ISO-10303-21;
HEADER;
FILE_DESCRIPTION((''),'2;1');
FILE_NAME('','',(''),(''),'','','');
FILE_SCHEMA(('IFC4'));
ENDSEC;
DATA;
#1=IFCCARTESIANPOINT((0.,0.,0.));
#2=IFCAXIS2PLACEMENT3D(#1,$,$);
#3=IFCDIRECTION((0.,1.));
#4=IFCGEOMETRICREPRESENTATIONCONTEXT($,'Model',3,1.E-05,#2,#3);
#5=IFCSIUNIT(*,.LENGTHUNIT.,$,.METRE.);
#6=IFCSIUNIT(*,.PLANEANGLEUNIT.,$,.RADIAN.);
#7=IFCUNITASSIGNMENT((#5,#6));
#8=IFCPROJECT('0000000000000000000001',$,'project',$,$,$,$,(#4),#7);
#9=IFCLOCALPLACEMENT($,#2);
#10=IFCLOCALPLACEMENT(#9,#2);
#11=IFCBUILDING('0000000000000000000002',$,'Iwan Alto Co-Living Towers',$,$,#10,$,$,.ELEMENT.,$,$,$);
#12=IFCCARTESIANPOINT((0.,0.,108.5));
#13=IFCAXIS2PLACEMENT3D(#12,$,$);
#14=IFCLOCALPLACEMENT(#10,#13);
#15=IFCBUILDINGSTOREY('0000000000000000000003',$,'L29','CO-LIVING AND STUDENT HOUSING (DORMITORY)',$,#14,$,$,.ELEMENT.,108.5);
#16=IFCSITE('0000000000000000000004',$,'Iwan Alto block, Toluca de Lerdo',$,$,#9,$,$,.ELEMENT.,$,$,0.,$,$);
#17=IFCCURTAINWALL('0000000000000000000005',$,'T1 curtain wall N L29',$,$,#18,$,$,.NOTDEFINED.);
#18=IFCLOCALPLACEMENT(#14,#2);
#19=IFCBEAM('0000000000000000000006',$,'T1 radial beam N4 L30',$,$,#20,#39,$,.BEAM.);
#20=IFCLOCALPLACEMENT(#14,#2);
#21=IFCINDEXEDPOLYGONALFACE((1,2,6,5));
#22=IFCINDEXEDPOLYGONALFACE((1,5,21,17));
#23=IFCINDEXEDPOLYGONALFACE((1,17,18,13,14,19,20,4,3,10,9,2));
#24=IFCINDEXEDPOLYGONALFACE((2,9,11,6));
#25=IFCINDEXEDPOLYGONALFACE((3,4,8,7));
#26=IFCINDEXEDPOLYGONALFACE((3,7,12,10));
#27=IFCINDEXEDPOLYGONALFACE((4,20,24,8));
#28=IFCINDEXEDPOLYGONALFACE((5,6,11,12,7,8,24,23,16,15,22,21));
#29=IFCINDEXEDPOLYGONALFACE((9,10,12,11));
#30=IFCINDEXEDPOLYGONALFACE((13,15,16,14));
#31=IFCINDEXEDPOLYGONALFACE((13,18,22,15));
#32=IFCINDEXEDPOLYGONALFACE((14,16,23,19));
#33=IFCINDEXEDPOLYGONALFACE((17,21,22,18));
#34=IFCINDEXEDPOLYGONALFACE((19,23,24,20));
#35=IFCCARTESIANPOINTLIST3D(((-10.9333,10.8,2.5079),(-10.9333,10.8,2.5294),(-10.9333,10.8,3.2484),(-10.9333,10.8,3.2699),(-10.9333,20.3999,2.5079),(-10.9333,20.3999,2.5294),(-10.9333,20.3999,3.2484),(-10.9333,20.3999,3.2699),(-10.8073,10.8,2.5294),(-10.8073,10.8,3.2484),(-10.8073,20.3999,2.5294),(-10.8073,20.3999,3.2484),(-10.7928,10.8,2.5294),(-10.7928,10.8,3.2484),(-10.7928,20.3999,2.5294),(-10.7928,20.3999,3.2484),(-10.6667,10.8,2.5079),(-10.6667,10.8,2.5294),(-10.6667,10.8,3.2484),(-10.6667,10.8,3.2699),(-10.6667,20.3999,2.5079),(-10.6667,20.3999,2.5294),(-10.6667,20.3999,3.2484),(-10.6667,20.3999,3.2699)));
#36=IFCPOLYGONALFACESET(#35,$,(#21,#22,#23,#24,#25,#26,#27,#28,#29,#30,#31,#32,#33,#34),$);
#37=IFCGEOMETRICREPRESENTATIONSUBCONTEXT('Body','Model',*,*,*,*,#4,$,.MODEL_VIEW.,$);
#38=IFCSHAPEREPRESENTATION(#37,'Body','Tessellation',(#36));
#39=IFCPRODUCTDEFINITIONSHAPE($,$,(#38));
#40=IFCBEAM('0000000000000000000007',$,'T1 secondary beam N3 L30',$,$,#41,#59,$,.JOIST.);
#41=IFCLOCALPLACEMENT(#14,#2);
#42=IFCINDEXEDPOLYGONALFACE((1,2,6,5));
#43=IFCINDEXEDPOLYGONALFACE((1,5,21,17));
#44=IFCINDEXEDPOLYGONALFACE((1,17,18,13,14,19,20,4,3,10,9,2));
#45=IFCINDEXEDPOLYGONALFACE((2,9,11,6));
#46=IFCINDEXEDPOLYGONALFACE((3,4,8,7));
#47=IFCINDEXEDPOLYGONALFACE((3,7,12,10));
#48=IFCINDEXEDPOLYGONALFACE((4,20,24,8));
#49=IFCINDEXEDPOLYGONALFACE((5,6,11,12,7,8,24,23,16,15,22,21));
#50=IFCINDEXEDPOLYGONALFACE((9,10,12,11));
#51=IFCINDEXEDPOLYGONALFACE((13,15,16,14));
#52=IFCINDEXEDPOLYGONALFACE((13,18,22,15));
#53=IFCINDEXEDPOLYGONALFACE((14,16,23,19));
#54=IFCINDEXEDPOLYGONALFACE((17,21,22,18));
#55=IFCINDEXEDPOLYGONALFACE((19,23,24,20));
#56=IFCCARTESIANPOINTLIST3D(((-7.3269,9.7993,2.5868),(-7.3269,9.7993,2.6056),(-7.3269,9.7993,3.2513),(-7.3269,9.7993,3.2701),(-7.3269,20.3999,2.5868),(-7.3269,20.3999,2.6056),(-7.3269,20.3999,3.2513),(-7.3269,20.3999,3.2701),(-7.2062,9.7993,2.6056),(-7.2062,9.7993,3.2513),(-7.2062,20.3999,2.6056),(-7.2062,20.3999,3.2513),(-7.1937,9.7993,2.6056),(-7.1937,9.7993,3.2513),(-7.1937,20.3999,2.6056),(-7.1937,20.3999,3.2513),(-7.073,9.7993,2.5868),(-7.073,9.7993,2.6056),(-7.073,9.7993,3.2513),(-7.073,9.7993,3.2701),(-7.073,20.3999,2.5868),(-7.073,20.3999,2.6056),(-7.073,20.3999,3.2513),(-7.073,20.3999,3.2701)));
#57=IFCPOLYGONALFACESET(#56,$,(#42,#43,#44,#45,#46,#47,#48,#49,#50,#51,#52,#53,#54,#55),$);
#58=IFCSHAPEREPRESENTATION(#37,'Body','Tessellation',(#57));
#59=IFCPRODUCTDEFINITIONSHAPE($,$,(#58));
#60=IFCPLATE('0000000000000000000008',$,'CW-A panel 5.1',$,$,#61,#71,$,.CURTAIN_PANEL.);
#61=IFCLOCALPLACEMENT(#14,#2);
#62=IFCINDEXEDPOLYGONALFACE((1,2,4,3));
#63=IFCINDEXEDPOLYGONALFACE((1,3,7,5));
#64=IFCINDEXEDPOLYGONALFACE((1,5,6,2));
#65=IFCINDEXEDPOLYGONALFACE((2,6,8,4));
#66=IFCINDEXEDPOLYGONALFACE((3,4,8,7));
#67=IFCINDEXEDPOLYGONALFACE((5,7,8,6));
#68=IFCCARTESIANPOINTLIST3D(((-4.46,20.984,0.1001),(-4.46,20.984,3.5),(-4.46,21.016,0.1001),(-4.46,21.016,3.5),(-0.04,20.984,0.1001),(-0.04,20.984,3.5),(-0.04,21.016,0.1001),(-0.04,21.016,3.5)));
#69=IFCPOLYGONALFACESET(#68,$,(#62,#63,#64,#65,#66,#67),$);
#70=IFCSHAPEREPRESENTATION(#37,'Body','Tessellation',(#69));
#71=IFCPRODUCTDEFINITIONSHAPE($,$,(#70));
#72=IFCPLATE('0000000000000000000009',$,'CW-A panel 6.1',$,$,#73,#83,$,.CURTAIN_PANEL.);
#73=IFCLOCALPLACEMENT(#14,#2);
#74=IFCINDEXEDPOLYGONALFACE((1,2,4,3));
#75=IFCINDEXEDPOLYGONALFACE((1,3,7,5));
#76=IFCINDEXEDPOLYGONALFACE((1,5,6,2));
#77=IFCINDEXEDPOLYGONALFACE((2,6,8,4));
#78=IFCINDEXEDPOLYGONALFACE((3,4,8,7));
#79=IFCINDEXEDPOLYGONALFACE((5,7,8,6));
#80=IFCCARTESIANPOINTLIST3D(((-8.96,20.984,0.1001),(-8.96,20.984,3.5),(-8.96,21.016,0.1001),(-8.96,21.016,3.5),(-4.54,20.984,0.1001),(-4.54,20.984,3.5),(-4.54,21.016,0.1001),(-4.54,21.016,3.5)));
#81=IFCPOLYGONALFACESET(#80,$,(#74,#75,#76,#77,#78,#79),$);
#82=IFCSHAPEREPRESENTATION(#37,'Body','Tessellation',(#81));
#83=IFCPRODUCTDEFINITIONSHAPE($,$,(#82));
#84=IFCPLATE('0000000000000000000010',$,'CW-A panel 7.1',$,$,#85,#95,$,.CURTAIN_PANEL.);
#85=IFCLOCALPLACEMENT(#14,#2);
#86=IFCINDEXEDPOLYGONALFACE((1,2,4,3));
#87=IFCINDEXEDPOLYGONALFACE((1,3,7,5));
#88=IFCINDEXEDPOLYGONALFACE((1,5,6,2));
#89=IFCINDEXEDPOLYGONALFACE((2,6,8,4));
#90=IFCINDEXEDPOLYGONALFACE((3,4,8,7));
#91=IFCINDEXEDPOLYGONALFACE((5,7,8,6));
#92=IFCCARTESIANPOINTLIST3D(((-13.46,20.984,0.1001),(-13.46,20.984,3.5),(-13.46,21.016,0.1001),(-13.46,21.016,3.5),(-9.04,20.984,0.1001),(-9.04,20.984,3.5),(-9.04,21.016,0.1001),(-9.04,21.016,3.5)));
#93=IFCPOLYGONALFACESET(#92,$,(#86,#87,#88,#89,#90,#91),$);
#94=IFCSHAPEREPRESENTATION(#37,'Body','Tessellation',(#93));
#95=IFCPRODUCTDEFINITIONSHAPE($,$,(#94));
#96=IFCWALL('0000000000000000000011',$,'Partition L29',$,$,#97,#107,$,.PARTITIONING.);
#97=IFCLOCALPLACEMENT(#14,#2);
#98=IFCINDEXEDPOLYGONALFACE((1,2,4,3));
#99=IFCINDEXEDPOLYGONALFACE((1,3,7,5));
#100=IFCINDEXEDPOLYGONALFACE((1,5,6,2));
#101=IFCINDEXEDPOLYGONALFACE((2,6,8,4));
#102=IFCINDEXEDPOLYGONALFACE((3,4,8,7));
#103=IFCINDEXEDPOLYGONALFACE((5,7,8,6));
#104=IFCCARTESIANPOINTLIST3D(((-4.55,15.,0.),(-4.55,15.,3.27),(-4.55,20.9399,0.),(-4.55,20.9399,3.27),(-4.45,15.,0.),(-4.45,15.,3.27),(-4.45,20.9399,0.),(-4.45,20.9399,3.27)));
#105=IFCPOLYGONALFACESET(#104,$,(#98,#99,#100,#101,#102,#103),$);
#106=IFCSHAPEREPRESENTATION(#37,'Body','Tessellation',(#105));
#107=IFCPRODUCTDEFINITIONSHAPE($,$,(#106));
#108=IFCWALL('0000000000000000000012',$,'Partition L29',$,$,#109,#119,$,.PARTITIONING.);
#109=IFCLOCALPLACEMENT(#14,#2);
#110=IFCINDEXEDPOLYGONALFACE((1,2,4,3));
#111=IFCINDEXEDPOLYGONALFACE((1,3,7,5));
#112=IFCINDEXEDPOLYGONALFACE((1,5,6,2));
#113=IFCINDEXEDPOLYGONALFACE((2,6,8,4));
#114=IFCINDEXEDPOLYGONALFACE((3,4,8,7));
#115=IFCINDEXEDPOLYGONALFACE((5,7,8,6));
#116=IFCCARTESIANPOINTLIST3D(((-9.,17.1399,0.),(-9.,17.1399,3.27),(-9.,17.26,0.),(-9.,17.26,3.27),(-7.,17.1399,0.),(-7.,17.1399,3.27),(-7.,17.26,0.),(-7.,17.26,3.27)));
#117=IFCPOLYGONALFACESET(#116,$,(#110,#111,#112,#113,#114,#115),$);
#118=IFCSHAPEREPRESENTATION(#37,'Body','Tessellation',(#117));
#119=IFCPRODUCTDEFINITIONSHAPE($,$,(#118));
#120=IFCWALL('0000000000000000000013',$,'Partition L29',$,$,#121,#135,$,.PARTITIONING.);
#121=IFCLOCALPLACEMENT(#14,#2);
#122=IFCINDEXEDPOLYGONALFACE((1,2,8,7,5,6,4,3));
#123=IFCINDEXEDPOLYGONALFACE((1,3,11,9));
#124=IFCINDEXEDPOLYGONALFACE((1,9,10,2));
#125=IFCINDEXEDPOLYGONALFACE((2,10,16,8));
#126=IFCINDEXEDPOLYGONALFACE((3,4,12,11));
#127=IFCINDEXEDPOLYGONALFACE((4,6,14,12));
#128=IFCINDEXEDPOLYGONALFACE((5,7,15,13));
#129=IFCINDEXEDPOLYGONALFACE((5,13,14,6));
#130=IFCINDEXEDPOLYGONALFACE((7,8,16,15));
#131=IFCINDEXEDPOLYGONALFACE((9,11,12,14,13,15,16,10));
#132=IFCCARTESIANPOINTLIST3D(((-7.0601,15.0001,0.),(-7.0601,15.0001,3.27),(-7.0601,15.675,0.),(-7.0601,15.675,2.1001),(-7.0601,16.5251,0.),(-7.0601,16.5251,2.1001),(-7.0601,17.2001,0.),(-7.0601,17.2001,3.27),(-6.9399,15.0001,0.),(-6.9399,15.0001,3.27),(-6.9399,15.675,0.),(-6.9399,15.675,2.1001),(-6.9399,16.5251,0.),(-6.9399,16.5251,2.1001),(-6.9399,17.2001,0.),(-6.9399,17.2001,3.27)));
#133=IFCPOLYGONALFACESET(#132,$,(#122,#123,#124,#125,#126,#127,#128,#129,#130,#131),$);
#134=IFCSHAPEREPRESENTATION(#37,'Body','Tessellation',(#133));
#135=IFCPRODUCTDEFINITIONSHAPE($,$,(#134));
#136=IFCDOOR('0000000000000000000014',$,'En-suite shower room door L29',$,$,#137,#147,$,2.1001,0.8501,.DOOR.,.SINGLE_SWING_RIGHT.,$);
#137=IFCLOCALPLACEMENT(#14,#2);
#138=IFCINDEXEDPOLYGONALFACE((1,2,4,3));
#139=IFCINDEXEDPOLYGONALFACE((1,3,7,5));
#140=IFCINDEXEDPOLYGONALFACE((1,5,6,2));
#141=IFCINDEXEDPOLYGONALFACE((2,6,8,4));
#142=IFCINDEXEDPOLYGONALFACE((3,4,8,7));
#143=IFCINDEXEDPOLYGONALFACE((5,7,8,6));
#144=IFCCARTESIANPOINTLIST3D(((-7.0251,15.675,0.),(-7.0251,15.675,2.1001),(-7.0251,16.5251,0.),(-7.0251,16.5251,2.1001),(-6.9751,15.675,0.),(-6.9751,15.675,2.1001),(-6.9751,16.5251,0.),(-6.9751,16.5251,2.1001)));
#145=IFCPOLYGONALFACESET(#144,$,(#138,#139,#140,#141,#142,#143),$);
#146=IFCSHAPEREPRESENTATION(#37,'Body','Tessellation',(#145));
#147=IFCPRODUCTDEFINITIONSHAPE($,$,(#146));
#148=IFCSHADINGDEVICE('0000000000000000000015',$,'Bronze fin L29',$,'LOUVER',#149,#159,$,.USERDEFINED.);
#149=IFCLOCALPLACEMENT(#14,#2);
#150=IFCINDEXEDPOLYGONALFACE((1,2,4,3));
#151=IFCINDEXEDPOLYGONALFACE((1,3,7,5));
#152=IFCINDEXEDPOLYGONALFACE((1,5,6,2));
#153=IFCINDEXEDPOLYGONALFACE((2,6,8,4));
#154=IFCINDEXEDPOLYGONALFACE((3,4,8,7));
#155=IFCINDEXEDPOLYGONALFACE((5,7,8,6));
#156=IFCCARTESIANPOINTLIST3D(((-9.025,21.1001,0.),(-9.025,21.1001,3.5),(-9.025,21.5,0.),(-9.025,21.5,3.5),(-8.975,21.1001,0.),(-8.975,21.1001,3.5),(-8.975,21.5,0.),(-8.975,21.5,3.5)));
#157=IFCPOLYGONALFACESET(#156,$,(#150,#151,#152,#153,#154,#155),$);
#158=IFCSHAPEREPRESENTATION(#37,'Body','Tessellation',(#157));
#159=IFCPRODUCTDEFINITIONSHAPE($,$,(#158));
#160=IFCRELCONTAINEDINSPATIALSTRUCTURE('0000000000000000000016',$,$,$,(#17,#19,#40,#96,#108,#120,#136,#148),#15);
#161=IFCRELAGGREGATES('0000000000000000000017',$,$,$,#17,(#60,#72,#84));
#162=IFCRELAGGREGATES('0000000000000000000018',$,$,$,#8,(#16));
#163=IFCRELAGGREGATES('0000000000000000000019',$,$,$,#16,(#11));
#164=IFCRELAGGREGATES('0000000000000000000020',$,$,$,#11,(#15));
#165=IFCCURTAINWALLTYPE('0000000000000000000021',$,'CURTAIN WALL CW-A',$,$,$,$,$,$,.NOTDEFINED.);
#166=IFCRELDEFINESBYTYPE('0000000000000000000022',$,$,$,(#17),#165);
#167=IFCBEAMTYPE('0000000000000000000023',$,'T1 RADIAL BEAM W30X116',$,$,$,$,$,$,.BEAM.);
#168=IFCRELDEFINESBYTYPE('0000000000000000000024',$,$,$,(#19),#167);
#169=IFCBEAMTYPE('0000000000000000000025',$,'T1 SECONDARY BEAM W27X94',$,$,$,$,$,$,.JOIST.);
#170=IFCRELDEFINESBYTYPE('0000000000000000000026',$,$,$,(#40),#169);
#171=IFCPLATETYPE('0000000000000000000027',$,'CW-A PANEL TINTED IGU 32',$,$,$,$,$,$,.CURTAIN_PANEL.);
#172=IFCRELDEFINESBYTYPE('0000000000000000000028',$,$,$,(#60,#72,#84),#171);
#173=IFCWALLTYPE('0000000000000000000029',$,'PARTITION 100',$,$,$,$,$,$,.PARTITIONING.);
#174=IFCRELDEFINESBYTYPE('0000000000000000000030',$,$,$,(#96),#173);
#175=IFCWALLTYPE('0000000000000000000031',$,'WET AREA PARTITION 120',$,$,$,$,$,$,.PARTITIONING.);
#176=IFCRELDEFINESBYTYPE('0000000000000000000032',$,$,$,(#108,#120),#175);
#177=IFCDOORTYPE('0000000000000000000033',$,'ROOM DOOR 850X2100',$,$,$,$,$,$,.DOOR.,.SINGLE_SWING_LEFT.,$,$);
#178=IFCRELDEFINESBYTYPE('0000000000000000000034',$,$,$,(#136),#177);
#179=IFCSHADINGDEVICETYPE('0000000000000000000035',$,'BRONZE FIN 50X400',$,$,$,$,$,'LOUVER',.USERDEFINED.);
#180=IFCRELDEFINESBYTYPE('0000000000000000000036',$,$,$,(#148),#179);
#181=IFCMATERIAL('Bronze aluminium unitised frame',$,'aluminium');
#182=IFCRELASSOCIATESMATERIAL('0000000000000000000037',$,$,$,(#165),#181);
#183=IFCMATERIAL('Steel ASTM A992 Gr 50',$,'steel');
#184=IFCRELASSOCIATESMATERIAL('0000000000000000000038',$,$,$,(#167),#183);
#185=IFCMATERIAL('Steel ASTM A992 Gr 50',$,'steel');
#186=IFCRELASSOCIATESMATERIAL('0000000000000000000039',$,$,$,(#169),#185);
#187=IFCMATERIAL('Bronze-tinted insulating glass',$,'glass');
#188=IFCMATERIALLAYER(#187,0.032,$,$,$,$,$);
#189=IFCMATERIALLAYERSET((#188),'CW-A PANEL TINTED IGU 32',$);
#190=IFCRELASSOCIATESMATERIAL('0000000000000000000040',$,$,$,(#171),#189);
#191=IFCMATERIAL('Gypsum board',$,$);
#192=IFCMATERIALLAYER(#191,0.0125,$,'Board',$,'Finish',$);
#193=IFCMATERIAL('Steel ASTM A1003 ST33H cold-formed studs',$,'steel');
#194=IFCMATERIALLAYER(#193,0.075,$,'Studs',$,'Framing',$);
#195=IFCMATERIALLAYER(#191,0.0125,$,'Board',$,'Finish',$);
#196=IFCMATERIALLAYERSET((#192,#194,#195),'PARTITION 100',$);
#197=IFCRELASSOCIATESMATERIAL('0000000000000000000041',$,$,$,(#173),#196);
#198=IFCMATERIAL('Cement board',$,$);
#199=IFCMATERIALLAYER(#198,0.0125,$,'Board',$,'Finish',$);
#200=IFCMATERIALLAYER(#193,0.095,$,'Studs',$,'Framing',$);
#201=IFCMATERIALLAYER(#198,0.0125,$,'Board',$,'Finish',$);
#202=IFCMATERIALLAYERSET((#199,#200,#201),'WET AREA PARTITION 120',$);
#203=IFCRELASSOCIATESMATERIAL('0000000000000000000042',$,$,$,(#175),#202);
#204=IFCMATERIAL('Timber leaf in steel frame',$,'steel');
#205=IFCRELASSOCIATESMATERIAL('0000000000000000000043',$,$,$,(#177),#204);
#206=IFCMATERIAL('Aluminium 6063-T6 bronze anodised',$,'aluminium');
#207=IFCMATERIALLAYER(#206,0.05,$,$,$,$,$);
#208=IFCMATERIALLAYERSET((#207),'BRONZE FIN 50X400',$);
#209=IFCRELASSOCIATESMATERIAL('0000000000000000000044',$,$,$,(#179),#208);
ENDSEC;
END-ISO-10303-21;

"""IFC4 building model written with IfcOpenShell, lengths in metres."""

from ifc_helpers import new_model, si_unit, direction, frame, frame_2d, origin, origin_2d, place, context, subcontext, project, spatial, rectangle, i_section, extrude, material, layer, layer_set, material_profile, profile_set, type_object, element, fill, aggregate, save


model = new_model("IFC4")

# Units and contexts
model_context = context("Model", 3, precision=1e-05, world=origin(), true_north=direction((0.0, 1.0)))
body_context = subcontext(model_context, "Body", "Model", "MODEL_VIEW")
ifc_project = project(units=[si_unit("LENGTHUNIT", "METRE"), si_unit("PLANEANGLEUNIT", "RADIAN")], contexts=[model_context])

# Site, building, storey
site_placement = place(None, origin())
site = spatial("IfcSite", under=ifc_project, at=site_placement, Name="Iwan Alto block, Toluca de Lerdo", CompositionType="ELEMENT", RefElevation=0.0)
building_placement = place(site_placement, origin())
building = spatial("IfcBuilding", under=site, at=building_placement, Name="Iwan Alto Co-Living Towers", CompositionType="ELEMENT")
storey_placement = place(building_placement, frame((0.0, 0.0, 108.5)))
storey = spatial("IfcBuildingStorey", under=building, at=storey_placement, Name="L29", Description="CO-LIVING AND STUDENT HOUSING (DORMITORY)", CompositionType="ELEMENT", Elevation=108.5)

# Curtain wall
ifc_material_1 = material(Name="Bronze aluminium unitised frame", Category="aluminium")
curtain_wall_type = type_object("IfcCurtainWallType", Name="CURTAIN WALL CW-A", PredefinedType="NOTDEFINED", material=ifc_material_1)
curtain_wall_placement = place(storey_placement, origin())
curtain_wall = element("IfcCurtainWall", 1, at=curtain_wall_placement, inside=storey, type_object=curtain_wall_type, Name="T1 curtain wall N L29", PredefinedType="NOTDEFINED")

# Beams
ifc_material_2 = material(Name="Steel ASTM A992 Gr 50", Category="steel")
ifc_material_profile_1 = material_profile(ifc_material_2, i_section(OverallWidth=0.2666, OverallDepth=0.762, WebThickness=0.0144, FlangeThickness=0.0215, at=origin_2d()), Name="W30X116")
ifc_profile_set_1 = profile_set([ifc_material_profile_1], Name="Steel ASTM A992 Gr 50")
beam_type_1 = type_object("IfcBeamType", Name="T1 RADIAL BEAM W30X116", PredefinedType="BEAM", material=ifc_profile_set_1)
beam_1_placement = place(storey_placement, frame((-10.8, 20.3999, 2.8889), z_axis=(0.0, -1.0, 0.0), x_axis=(1.0, 0.0, 0.0)))
element("IfcBeam", 2, at=beam_1_placement, inside=storey, type_object=beam_type_1, Name="T1 radial beam N4 L30", PredefinedType="BEAM", context=body_context, shape_type="SweptSolid", body=[
    extrude(i_section(OverallWidth=0.2666, OverallDepth=0.762, WebThickness=0.0144, FlangeThickness=0.0215, at=origin_2d()), origin(), (0.0, 0.0, 1.0), 9.5999),
])
ifc_material_3 = material(Name="Steel ASTM A992 Gr 50", Category="steel")
ifc_material_profile_2 = material_profile(ifc_material_3, i_section(OverallWidth=0.2539, OverallDepth=0.6833, WebThickness=0.0125, FlangeThickness=0.0188, at=origin_2d()), Name="W27X94")
ifc_profile_set_2 = profile_set([ifc_material_profile_2], Name="Steel ASTM A992 Gr 50")
beam_type_2 = type_object("IfcBeamType", Name="T1 SECONDARY BEAM W27X94", PredefinedType="JOIST", material=ifc_profile_set_2)
beam_2_placement = place(storey_placement, frame((-7.2, 20.3999, 2.9285), z_axis=(0.0, -1.0, 0.0), x_axis=(1.0, 0.0, 0.0)))
element("IfcBeam", 3, at=beam_2_placement, inside=storey, type_object=beam_type_2, Name="T1 secondary beam N3 L30", PredefinedType="JOIST", context=body_context, shape_type="SweptSolid", body=[
    extrude(i_section(OverallWidth=0.2539, OverallDepth=0.6833, WebThickness=0.0125, FlangeThickness=0.0188, at=origin_2d()), origin(), (0.0, 0.0, 1.0), 10.6006),
])

# Plates
ifc_material_4 = material(Name="Bronze-tinted insulating glass", Category="glass")
ifc_layer_1 = layer(ifc_material_4, 0.032)
ifc_layer_set_1 = layer_set([ifc_layer_1], Name="CW-A PANEL TINTED IGU 32")
plate_type = type_object("IfcPlateType", Name="CW-A PANEL TINTED IGU 32", PredefinedType="CURTAIN_PANEL", material=ifc_layer_set_1)
plate_1_placement = place(storey_placement, frame((-2.25, 21.0, 0.1001), z_axis=(0.0, 0.0, 1.0), x_axis=(-1.0, 0.0, 0.0)))
plate_1 = element("IfcPlate", 4, at=plate_1_placement, type_object=plate_type, Name="CW-A panel 5.1", PredefinedType="CURTAIN_PANEL", context=body_context, shape_type="SweptSolid", body=[
    extrude(rectangle(XDim=4.4199, YDim=0.032, at=origin_2d()), origin(), (0.0, 0.0, 1.0), 3.3999),
])
plate_2_placement = place(storey_placement, frame((-6.75, 21.0, 0.1001), z_axis=(0.0, 0.0, 1.0), x_axis=(-1.0, 0.0, 0.0)))
plate_2 = element("IfcPlate", 5, at=plate_2_placement, type_object=plate_type, Name="CW-A panel 6.1", PredefinedType="CURTAIN_PANEL", context=body_context, shape_type="SweptSolid", body=[
    extrude(rectangle(XDim=4.4199, YDim=0.032, at=origin_2d()), origin(), (0.0, 0.0, 1.0), 3.3999),
])
plate_3_placement = place(storey_placement, frame((-11.25, 21.0, 0.1001), z_axis=(0.0, 0.0, 1.0), x_axis=(-1.0, 0.0, 0.0)))
plate_3 = element("IfcPlate", 6, at=plate_3_placement, type_object=plate_type, Name="CW-A panel 7.1", PredefinedType="CURTAIN_PANEL", context=body_context, shape_type="SweptSolid", body=[
    extrude(rectangle(XDim=4.4199, YDim=0.032, at=origin_2d()), origin(), (0.0, 0.0, 1.0), 3.3999),
])
aggregate(curtain_wall, [plate_1, plate_2, plate_3])

# Walls
ifc_material_5 = material(Name="Gypsum board")
ifc_layer_2 = layer(ifc_material_5, 0.0125, Name="Board", Category="Finish")
ifc_material_6 = material(Name="Steel ASTM A1003 ST33H cold-formed studs", Category="steel")
ifc_layer_3 = layer(ifc_material_6, 0.075, Name="Studs", Category="Framing")
ifc_layer_4 = layer(ifc_material_5, 0.0125, Name="Board", Category="Finish")
ifc_layer_set_2 = layer_set([ifc_layer_2, ifc_layer_3, ifc_layer_4], Name="PARTITION 100")
wall_type_1 = type_object("IfcWallType", Name="PARTITION 100", PredefinedType="PARTITIONING", material=ifc_layer_set_2)
wall_1_placement = place(storey_placement, frame((-4.5, 15.0, 0.0), z_axis=(0.0, 0.0, 1.0), x_axis=(0.0, 1.0, 0.0)))
element("IfcWall", 7, at=wall_1_placement, inside=storey, type_object=wall_type_1, Name="Partition L29", PredefinedType="PARTITIONING", context=body_context, shape_type="SweptSolid", body=[
    extrude(rectangle(XDim=5.9399, YDim=0.1001, at=frame_2d((2.97, 0.0))), origin(), (0.0, 0.0, 1.0), 3.27),
])
ifc_material_7 = material(Name="Cement board")
ifc_layer_5 = layer(ifc_material_7, 0.0125, Name="Board", Category="Finish")
ifc_layer_6 = layer(ifc_material_6, 0.095, Name="Studs", Category="Framing")
ifc_layer_7 = layer(ifc_material_7, 0.0125, Name="Board", Category="Finish")
ifc_layer_set_3 = layer_set([ifc_layer_5, ifc_layer_6, ifc_layer_7], Name="WET AREA PARTITION 120")
wall_type_2 = type_object("IfcWallType", Name="WET AREA PARTITION 120", PredefinedType="PARTITIONING", material=ifc_layer_set_3)
wall_2_placement = place(storey_placement, frame((-9.0, 17.2, 0.0), z_axis=(0.0, 0.0, 1.0), x_axis=(1.0, 0.0, 0.0)))
element("IfcWall", 8, at=wall_2_placement, inside=storey, type_object=wall_type_2, Name="Partition L29", PredefinedType="PARTITIONING", context=body_context, shape_type="SweptSolid", body=[
    extrude(rectangle(XDim=2.0, YDim=0.1201, at=frame_2d((1.0, 0.0))), origin(), (0.0, 0.0, 1.0), 3.27),
])

# Wall, opening, door
wall_3_placement = place(storey_placement, frame((-7.0, 15.0, 0.0), z_axis=(0.0, 0.0, 1.0), x_axis=(0.0, 1.0, 0.0)))
wall_3 = element("IfcWall", 9, at=wall_3_placement, inside=storey, type_object=wall_type_2, Name="Partition L29", PredefinedType="PARTITIONING", context=body_context, shape_type="SweptSolid", body=[
    extrude(rectangle(XDim=2.2, YDim=0.1201, at=frame_2d((1.1001, 0.0))), origin(), (0.0, 0.0, 1.0), 3.27),
])
opening_placement = place(wall_3_placement, frame((0.675, 0.0, 0.0)))
opening = element("IfcOpeningElement", 10, at=opening_placement, cuts=wall_3, PredefinedType="OPENING", context=body_context, shape_type="SweptSolid", body=[
    extrude(rectangle(XDim=0.8501, YDim=2.1001, at=frame_2d((0.425, 1.05))), frame((0.0, 0.0701, 0.0), z_axis=(0.0, -1.0, 0.0), x_axis=(1.0, 0.0, 0.0)), (0.0, 0.0, 1.0), 0.1401),
])
ifc_material_8 = material(Name="Timber leaf in steel frame", Category="steel")
door_type = type_object("IfcDoorType", Name="ROOM DOOR 850X2100", OperationType="SINGLE_SWING_LEFT", PredefinedType="DOOR", material=ifc_material_8)
door_placement = place(opening_placement, frame((0.8501, 0.0, 0.0), z_axis=(0.0, 0.0, 1.0), x_axis=(-1.0, 0.0, 0.0)))
door = element("IfcDoor", 11, at=door_placement, inside=storey, type_object=door_type, Name="En-suite shower room door L29", OperationType="SINGLE_SWING_RIGHT", OverallHeight=2.1001, OverallWidth=0.8501, PredefinedType="DOOR", context=body_context, shape_type="SweptSolid", body=[
    extrude(rectangle(XDim=0.8501, YDim=2.1001, at=frame_2d((0.425, 1.05))), frame((0.0, 0.0249, 0.0), z_axis=(0.0, -1.0, 0.0), x_axis=(1.0, 0.0, 0.0)), (0.0, 0.0, 1.0), 0.05),
])
fill(opening, door)

# Shading device
ifc_material_9 = material(Name="Aluminium 6063-T6 bronze anodised", Category="aluminium")
ifc_layer_8 = layer(ifc_material_9, 0.05)
ifc_layer_set_4 = layer_set([ifc_layer_8], Name="BRONZE FIN 50X400")
shading_device_type = type_object("IfcShadingDeviceType", Name="BRONZE FIN 50X400", ElementType="LOUVER", PredefinedType="USERDEFINED", material=ifc_layer_set_4)
shading_device_placement = place(storey_placement, frame((-9.0, 21.3, 0.0), z_axis=(0.0, 0.0, 1.0), x_axis=(-1.0, 0.0, 0.0)))
element("IfcShadingDevice", 12, at=shading_device_placement, inside=storey, type_object=shading_device_type, Name="Bronze fin L29", ObjectType="LOUVER", PredefinedType="USERDEFINED", context=body_context, shape_type="SweptSolid", body=[
    extrude(rectangle(XDim=0.05, YDim=0.3999, at=origin_2d()), origin(), (0.0, 0.0, 1.0), 3.5),
])

save(model, "model.ifc")
